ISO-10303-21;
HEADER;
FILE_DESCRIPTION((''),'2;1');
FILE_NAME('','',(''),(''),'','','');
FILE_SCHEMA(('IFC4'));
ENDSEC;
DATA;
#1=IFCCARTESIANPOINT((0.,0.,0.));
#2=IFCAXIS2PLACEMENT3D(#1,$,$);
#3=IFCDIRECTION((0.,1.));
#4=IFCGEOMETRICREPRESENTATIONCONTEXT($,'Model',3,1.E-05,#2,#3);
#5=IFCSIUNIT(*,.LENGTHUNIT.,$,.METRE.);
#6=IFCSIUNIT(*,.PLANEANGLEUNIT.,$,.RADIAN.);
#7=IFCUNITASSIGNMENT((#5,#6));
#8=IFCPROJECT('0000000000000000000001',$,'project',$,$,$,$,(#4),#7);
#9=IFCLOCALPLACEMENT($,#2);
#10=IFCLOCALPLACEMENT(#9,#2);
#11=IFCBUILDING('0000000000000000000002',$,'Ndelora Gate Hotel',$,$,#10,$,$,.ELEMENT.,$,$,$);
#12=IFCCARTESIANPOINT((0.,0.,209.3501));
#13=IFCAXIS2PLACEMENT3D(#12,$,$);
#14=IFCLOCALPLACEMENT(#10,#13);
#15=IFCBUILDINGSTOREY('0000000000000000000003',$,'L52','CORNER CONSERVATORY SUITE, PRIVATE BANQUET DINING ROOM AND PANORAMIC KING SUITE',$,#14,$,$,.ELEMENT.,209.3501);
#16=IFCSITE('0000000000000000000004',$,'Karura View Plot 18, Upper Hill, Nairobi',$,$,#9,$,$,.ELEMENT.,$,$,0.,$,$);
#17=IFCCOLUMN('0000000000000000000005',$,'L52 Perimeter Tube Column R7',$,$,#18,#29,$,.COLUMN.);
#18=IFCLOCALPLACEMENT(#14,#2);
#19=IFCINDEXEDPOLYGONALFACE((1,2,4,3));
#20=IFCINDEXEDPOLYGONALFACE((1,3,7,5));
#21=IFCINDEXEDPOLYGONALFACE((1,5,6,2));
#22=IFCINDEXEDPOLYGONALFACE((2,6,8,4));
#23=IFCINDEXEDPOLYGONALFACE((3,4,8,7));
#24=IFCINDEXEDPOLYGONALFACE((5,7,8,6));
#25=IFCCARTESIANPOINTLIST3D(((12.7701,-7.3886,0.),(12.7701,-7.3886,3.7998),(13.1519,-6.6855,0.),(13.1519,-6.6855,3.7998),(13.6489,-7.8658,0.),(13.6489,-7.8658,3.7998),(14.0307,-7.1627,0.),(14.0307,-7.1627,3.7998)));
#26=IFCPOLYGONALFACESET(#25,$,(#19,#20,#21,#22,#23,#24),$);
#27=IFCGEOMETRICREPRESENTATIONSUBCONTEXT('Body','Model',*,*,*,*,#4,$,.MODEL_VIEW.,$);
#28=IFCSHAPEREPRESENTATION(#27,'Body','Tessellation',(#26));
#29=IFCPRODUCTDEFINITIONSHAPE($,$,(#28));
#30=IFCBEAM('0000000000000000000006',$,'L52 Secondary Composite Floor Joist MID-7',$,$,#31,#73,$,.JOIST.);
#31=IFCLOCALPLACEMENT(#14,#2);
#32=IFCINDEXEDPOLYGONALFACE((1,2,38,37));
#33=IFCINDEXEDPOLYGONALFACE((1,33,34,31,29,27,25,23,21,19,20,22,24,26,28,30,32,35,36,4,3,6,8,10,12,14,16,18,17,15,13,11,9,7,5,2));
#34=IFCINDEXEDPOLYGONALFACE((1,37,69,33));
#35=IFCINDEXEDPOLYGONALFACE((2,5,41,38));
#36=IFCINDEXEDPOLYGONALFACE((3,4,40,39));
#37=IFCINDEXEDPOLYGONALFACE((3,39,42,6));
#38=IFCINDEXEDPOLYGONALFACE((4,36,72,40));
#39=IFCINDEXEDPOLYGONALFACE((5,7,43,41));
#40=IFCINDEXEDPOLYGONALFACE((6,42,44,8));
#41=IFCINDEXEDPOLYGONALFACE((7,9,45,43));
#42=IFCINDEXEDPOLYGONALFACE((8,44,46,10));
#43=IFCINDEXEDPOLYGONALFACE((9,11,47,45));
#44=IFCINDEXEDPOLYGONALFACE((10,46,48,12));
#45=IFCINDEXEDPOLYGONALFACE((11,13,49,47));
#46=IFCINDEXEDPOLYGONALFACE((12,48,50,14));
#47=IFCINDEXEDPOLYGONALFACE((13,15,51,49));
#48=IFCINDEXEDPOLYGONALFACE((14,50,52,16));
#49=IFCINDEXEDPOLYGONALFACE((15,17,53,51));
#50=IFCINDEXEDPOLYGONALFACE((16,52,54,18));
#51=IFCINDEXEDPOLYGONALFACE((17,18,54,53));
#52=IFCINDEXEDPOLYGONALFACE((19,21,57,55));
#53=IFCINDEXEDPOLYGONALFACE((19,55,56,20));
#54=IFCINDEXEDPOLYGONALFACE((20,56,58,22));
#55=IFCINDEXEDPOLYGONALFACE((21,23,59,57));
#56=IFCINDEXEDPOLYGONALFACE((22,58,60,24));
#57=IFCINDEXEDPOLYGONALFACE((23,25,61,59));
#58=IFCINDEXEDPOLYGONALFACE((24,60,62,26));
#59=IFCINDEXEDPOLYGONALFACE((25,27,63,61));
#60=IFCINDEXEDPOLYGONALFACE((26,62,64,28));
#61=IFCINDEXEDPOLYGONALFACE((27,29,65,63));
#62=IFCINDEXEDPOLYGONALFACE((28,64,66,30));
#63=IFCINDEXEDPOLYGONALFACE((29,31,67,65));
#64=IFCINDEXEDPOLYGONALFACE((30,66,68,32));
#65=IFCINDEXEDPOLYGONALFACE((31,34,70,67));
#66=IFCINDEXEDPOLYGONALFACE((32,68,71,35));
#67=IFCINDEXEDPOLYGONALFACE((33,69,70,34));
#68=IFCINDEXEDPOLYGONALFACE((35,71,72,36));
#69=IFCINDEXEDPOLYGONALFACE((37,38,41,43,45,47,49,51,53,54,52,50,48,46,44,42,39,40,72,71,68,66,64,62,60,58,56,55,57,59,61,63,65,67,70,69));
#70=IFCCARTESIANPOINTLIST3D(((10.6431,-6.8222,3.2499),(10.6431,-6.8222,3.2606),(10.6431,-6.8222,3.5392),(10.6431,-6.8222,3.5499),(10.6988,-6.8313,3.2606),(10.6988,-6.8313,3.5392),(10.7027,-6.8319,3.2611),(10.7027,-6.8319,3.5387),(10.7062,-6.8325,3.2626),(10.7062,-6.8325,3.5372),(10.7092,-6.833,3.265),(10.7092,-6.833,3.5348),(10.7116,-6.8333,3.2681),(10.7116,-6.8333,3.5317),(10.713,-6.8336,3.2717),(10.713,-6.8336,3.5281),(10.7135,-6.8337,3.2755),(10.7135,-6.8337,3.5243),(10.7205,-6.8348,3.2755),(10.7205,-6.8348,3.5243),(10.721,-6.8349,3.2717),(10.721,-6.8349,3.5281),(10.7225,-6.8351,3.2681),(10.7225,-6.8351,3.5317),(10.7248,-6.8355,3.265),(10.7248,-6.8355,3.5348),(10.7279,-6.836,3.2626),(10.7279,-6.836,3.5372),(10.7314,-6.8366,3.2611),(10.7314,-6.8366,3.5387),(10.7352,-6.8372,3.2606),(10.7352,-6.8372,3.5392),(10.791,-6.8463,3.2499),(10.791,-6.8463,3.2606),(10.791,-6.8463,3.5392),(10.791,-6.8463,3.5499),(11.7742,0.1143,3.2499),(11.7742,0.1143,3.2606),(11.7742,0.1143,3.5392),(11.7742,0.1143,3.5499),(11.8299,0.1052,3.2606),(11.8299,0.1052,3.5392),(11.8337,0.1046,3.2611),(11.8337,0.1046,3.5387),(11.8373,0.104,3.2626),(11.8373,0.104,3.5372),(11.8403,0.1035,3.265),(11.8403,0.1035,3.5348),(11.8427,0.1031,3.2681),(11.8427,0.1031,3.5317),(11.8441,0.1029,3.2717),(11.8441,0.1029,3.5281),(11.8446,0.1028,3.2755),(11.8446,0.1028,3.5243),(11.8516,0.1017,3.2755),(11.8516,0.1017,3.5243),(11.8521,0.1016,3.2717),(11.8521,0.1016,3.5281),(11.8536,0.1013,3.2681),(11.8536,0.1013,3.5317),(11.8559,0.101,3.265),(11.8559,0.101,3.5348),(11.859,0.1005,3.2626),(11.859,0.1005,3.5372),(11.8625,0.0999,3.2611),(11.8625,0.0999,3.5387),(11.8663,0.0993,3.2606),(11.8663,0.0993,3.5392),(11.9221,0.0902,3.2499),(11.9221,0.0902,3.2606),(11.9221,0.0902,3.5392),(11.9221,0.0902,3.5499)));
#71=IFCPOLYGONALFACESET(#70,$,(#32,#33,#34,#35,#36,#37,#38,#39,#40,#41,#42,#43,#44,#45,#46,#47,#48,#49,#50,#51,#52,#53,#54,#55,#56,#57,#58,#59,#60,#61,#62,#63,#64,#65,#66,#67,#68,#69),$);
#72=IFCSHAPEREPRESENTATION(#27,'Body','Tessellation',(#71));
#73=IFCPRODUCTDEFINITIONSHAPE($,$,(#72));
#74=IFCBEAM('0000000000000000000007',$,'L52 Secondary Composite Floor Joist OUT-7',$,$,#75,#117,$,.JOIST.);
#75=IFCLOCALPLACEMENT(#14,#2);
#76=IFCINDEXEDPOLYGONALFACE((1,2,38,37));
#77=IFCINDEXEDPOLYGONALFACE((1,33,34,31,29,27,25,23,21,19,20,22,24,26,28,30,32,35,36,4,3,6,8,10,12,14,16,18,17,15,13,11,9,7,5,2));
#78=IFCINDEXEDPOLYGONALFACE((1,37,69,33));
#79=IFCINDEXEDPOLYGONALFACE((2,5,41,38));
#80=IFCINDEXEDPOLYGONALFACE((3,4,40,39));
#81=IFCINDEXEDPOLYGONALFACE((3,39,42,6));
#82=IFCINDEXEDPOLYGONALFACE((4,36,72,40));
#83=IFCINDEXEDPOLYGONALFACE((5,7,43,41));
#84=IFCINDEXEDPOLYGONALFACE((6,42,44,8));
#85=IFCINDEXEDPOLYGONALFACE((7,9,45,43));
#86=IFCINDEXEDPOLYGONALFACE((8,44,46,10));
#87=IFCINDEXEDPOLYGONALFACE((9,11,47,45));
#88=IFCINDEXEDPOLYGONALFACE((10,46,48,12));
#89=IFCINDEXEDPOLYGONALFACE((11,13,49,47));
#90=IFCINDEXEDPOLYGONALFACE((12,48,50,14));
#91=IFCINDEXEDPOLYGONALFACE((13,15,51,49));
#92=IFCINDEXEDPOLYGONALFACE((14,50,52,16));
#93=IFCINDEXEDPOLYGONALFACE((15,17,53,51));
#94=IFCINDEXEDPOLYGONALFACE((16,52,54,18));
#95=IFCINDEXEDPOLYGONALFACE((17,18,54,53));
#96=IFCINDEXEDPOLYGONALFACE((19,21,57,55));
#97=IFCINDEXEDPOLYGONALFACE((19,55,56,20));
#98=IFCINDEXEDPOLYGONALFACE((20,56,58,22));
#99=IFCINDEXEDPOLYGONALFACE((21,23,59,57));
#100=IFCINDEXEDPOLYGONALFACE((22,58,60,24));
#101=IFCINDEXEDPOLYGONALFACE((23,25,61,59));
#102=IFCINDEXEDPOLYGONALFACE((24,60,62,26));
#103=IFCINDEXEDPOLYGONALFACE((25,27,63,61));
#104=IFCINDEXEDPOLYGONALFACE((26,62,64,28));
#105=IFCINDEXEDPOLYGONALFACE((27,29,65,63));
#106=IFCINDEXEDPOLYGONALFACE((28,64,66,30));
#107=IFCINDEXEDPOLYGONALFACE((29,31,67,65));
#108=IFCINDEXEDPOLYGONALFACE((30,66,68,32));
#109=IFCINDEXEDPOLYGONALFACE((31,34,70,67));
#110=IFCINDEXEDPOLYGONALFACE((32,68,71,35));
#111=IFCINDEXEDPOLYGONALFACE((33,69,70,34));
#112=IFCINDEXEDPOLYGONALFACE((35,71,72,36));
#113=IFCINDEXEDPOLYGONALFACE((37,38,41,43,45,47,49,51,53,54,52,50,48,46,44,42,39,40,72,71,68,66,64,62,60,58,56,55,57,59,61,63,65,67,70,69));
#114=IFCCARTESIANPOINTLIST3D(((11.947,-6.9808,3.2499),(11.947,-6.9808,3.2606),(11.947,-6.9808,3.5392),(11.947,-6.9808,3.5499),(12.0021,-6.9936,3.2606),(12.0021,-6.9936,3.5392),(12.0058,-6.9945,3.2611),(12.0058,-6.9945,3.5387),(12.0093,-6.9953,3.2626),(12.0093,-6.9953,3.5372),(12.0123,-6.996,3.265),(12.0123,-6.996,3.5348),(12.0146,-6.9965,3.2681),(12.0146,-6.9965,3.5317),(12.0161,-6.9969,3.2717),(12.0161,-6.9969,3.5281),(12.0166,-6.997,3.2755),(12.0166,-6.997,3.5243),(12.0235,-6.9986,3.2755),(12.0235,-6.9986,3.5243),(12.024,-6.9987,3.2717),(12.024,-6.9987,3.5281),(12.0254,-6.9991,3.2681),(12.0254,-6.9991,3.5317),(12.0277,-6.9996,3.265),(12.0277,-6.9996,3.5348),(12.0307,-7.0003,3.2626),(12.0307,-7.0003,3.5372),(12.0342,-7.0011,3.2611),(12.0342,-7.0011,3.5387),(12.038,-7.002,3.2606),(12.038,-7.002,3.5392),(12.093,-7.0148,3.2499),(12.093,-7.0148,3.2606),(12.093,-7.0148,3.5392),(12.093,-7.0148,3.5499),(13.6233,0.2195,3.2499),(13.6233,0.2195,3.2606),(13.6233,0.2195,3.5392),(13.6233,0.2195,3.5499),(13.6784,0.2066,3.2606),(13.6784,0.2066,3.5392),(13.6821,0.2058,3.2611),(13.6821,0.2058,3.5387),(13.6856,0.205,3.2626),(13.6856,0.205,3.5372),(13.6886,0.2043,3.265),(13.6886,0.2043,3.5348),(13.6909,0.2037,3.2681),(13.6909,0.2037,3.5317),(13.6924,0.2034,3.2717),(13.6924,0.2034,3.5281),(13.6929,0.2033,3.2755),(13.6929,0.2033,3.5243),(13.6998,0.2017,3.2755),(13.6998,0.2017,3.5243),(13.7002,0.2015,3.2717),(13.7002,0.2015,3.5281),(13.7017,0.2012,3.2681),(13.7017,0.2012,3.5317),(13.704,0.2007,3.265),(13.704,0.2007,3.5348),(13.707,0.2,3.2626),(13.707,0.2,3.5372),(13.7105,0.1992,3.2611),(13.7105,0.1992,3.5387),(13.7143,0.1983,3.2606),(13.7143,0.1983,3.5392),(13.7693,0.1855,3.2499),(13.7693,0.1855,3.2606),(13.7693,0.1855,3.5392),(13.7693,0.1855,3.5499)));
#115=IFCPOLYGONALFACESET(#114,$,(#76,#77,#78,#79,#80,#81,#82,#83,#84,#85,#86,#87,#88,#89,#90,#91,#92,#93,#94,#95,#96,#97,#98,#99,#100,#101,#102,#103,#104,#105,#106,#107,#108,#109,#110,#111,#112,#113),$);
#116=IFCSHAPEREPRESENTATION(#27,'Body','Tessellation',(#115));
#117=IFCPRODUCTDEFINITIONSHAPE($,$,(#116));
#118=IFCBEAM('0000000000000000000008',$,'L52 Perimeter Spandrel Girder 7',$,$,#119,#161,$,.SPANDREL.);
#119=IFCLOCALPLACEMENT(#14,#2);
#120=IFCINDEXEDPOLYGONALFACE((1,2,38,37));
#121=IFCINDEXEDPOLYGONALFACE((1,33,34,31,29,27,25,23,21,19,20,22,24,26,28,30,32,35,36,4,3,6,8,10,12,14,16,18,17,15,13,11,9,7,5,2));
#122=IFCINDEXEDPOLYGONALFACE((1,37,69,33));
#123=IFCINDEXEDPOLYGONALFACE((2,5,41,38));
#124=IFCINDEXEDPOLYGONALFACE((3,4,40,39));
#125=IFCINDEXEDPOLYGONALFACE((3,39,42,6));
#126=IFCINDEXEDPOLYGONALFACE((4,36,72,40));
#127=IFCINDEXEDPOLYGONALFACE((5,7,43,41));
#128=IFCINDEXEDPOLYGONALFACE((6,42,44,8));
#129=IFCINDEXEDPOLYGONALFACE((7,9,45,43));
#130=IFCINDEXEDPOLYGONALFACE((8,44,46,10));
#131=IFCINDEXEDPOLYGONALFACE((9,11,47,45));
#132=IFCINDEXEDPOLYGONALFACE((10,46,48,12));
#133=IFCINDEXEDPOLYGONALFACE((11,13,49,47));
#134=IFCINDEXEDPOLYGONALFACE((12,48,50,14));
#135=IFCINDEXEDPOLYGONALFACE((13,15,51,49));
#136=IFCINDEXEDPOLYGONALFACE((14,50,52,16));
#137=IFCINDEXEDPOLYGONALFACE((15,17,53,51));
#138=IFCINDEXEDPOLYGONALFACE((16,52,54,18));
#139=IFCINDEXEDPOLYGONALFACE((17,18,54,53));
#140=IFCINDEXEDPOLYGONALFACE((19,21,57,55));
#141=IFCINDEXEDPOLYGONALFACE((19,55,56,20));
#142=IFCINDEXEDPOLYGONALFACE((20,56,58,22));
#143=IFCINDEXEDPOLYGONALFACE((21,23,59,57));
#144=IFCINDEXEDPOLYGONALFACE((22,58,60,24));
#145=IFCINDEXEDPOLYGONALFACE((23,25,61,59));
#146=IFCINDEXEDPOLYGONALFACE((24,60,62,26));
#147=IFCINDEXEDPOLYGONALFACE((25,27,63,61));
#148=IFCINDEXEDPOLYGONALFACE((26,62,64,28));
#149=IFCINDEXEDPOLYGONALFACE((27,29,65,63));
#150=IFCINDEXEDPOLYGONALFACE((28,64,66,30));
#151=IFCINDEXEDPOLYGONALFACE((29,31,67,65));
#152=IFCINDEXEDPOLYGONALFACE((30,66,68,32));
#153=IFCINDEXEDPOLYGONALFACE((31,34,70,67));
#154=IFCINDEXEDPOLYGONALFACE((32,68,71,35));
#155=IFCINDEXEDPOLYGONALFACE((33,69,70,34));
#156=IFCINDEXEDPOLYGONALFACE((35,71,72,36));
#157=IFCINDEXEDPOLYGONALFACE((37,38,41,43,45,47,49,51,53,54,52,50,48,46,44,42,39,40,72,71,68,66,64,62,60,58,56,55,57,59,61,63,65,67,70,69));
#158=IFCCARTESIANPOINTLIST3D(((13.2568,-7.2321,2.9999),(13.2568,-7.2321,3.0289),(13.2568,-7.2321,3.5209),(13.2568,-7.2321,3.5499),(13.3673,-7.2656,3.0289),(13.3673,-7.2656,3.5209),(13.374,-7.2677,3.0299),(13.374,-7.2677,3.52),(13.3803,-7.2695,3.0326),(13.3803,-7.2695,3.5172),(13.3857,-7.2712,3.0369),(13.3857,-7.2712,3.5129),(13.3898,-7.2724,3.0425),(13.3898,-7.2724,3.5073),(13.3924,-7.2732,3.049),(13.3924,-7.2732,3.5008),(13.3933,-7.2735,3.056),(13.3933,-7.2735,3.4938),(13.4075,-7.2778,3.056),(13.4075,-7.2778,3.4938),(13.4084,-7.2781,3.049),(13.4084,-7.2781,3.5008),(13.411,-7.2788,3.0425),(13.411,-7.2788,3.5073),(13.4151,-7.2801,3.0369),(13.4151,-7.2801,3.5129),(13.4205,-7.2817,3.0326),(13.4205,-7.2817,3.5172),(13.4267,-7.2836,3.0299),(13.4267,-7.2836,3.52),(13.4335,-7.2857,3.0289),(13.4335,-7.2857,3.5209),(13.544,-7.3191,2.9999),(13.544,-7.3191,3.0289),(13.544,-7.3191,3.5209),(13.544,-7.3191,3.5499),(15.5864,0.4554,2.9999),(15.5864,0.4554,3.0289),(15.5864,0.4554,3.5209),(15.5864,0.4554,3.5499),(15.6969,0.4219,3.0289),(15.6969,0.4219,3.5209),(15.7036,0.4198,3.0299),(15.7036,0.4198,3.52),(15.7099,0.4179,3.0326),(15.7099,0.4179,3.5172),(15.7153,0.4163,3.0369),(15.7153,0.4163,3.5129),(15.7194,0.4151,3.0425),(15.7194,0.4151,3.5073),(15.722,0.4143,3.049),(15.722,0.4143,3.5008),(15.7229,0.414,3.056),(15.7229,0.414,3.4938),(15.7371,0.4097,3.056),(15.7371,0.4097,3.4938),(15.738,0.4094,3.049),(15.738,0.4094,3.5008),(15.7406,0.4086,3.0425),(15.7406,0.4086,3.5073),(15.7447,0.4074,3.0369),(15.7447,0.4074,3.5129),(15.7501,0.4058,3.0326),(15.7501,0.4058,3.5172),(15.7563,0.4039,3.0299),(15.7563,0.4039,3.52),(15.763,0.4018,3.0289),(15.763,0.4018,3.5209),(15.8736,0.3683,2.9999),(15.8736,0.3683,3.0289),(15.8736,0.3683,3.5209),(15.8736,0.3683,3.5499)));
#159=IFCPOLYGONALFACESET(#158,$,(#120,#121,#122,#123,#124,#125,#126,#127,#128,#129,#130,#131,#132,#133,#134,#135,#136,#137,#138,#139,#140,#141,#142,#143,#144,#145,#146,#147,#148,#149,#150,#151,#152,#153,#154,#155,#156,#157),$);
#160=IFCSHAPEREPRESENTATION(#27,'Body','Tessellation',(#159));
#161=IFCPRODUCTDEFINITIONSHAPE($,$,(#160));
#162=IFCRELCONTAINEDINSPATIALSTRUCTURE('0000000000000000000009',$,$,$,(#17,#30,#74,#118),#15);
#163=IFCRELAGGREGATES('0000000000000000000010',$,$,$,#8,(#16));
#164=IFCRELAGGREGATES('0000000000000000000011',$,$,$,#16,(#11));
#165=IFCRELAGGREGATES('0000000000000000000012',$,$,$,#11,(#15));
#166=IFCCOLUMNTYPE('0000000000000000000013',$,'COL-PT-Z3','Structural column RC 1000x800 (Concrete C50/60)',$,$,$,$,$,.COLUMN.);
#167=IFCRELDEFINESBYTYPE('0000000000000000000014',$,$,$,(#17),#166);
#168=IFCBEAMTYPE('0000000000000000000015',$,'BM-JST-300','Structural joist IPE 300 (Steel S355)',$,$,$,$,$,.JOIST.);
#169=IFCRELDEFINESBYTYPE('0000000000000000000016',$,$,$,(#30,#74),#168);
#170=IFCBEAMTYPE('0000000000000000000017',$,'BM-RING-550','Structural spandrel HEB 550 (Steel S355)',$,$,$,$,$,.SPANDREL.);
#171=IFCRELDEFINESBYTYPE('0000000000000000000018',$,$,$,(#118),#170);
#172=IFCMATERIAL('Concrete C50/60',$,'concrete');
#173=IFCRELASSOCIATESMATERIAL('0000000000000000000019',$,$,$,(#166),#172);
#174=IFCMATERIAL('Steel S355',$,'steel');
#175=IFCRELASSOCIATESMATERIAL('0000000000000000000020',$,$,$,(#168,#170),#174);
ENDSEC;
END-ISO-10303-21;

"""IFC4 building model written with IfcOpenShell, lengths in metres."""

from ifc_helpers import new_model, si_unit, direction, frame, origin, origin_2d, place, context, subcontext, project, spatial, rectangle, i_section, extrude, material, material_profile, profile_set, type_object, element, save


model = new_model("IFC4")

# Units and contexts
model_context = context("Model", 3, precision=1e-05, world=origin(), true_north=direction((0.0, 1.0)))
body_context = subcontext(model_context, "Body", "Model", "MODEL_VIEW")
ifc_project = project(units=[si_unit("LENGTHUNIT", "METRE"), si_unit("PLANEANGLEUNIT", "RADIAN")], contexts=[model_context])

# Site, building, storey
site_placement = place(None, origin())
site = spatial("IfcSite", under=ifc_project, at=site_placement, Name="Karura View Plot 18, Upper Hill, Nairobi", CompositionType="ELEMENT", RefElevation=0.0)
building_placement = place(site_placement, origin())
building = spatial("IfcBuilding", under=site, at=building_placement, Name="Ndelora Gate Hotel", CompositionType="ELEMENT")
storey_placement = place(building_placement, frame((0.0, 0.0, 209.3501)))
storey = spatial("IfcBuildingStorey", under=building, at=storey_placement, Name="L52", Description="CORNER CONSERVATORY SUITE, PRIVATE BANQUET DINING ROOM AND PANORAMIC KING SUITE", CompositionType="ELEMENT", Elevation=209.3501)

# Column
ifc_material_1 = material(Name="Concrete C50/60", Category="concrete")
ifc_material_profile_1 = material_profile(ifc_material_1, rectangle(XDim=0.8, YDim=1.0, at=origin_2d()), Name="RC 1000x800")
ifc_profile_set_1 = profile_set([ifc_material_profile_1], Name="Concrete C50/60")
column_type = type_object("IfcColumnType", Name="COL-PT-Z3", Description="Structural column RC 1000x800 (Concrete C50/60)", PredefinedType="COLUMN", material=ifc_profile_set_1)
column_placement = place(storey_placement, frame((13.4004, -7.2756, 0.0), z_axis=(0.0, 0.0, 1.0), x_axis=(0.477159, 0.878817, 0.0)))
element("IfcColumn", 1, at=column_placement, inside=storey, type_object=column_type, Name="L52 Perimeter Tube Column R7", PredefinedType="COLUMN", context=body_context, shape_type="SweptSolid", body=[
    extrude(rectangle(XDim=0.8, YDim=1.0, at=origin_2d()), origin(), (0.0, 0.0, 1.0), 3.7998),
])

# Beams
ifc_material_2 = material(Name="Steel S355", Category="steel")
ifc_material_profile_2 = material_profile(ifc_material_2, i_section(OverallWidth=0.1499, OverallDepth=0.3, WebThickness=0.0071, FlangeThickness=0.0107, FilletRadius=0.0149, at=origin_2d()), Name="IPE 300")
ifc_profile_set_2 = profile_set([ifc_material_profile_2], Name="Steel S355")
beam_type_1 = type_object("IfcBeamType", Name="BM-JST-300", Description="Structural joist IPE 300 (Steel S355)", PredefinedType="JOIST", material=ifc_profile_set_2)
beam_1_placement = place(storey_placement, frame((10.717, -6.8342, 3.3999), z_axis=(0.160939, 0.986964, 0.0), x_axis=(-0.986964, 0.160939, 0.0)))
element("IfcBeam", 2, at=beam_1_placement, inside=storey, type_object=beam_type_1, Name="L52 Secondary Composite Floor Joist MID-7", PredefinedType="JOIST", context=body_context, shape_type="SweptSolid", body=[
    extrude(i_section(OverallWidth=0.1499, OverallDepth=0.3, WebThickness=0.0071, FlangeThickness=0.0107, FilletRadius=0.0149, at=origin_2d()), origin(), (0.0, 0.0, 1.0), 7.0281),
])
beam_2_placement = place(storey_placement, frame((12.02, -6.9978, 3.3999), z_axis=(0.226745, 0.973954, 0.0), x_axis=(-0.973954, 0.226745, 0.0)))
element("IfcBeam", 3, at=beam_2_placement, inside=storey, type_object=beam_type_1, Name="L52 Secondary Composite Floor Joist OUT-7", PredefinedType="JOIST", context=body_context, shape_type="SweptSolid", body=[
    extrude(i_section(OverallWidth=0.1499, OverallDepth=0.3, WebThickness=0.0071, FlangeThickness=0.0107, FilletRadius=0.0149, at=origin_2d()), origin(), (0.0, 0.0, 1.0), 7.3928),
])
ifc_material_profile_3 = material_profile(ifc_material_2, i_section(OverallWidth=0.3, OverallDepth=0.55, WebThickness=0.0149, FlangeThickness=0.0291, FilletRadius=0.0271, at=origin_2d()), Name="HEB 550")
ifc_profile_set_3 = profile_set([ifc_material_profile_3], Name="Steel S355")
beam_type_2 = type_object("IfcBeamType", Name="BM-RING-550", Description="Structural spandrel HEB 550 (Steel S355)", PredefinedType="SPANDREL", material=ifc_profile_set_3)
beam_3_placement = place(storey_placement, frame((13.4004, -7.2756, 3.2749), z_axis=(0.290012, 0.957023, 0.0), x_axis=(-0.957023, 0.290012, 0.0)))
element("IfcBeam", 4, at=beam_3_placement, inside=storey, type_object=beam_type_2, Name="L52 Perimeter Spandrel Girder 7", PredefinedType="SPANDREL", context=body_context, shape_type="SweptSolid", body=[
    extrude(i_section(OverallWidth=0.3, OverallDepth=0.55, WebThickness=0.0149, FlangeThickness=0.0291, FilletRadius=0.0271, at=origin_2d()), origin(), (0.0, 0.0, 1.0), 8.0327),
])

save(model, "model.ifc")
